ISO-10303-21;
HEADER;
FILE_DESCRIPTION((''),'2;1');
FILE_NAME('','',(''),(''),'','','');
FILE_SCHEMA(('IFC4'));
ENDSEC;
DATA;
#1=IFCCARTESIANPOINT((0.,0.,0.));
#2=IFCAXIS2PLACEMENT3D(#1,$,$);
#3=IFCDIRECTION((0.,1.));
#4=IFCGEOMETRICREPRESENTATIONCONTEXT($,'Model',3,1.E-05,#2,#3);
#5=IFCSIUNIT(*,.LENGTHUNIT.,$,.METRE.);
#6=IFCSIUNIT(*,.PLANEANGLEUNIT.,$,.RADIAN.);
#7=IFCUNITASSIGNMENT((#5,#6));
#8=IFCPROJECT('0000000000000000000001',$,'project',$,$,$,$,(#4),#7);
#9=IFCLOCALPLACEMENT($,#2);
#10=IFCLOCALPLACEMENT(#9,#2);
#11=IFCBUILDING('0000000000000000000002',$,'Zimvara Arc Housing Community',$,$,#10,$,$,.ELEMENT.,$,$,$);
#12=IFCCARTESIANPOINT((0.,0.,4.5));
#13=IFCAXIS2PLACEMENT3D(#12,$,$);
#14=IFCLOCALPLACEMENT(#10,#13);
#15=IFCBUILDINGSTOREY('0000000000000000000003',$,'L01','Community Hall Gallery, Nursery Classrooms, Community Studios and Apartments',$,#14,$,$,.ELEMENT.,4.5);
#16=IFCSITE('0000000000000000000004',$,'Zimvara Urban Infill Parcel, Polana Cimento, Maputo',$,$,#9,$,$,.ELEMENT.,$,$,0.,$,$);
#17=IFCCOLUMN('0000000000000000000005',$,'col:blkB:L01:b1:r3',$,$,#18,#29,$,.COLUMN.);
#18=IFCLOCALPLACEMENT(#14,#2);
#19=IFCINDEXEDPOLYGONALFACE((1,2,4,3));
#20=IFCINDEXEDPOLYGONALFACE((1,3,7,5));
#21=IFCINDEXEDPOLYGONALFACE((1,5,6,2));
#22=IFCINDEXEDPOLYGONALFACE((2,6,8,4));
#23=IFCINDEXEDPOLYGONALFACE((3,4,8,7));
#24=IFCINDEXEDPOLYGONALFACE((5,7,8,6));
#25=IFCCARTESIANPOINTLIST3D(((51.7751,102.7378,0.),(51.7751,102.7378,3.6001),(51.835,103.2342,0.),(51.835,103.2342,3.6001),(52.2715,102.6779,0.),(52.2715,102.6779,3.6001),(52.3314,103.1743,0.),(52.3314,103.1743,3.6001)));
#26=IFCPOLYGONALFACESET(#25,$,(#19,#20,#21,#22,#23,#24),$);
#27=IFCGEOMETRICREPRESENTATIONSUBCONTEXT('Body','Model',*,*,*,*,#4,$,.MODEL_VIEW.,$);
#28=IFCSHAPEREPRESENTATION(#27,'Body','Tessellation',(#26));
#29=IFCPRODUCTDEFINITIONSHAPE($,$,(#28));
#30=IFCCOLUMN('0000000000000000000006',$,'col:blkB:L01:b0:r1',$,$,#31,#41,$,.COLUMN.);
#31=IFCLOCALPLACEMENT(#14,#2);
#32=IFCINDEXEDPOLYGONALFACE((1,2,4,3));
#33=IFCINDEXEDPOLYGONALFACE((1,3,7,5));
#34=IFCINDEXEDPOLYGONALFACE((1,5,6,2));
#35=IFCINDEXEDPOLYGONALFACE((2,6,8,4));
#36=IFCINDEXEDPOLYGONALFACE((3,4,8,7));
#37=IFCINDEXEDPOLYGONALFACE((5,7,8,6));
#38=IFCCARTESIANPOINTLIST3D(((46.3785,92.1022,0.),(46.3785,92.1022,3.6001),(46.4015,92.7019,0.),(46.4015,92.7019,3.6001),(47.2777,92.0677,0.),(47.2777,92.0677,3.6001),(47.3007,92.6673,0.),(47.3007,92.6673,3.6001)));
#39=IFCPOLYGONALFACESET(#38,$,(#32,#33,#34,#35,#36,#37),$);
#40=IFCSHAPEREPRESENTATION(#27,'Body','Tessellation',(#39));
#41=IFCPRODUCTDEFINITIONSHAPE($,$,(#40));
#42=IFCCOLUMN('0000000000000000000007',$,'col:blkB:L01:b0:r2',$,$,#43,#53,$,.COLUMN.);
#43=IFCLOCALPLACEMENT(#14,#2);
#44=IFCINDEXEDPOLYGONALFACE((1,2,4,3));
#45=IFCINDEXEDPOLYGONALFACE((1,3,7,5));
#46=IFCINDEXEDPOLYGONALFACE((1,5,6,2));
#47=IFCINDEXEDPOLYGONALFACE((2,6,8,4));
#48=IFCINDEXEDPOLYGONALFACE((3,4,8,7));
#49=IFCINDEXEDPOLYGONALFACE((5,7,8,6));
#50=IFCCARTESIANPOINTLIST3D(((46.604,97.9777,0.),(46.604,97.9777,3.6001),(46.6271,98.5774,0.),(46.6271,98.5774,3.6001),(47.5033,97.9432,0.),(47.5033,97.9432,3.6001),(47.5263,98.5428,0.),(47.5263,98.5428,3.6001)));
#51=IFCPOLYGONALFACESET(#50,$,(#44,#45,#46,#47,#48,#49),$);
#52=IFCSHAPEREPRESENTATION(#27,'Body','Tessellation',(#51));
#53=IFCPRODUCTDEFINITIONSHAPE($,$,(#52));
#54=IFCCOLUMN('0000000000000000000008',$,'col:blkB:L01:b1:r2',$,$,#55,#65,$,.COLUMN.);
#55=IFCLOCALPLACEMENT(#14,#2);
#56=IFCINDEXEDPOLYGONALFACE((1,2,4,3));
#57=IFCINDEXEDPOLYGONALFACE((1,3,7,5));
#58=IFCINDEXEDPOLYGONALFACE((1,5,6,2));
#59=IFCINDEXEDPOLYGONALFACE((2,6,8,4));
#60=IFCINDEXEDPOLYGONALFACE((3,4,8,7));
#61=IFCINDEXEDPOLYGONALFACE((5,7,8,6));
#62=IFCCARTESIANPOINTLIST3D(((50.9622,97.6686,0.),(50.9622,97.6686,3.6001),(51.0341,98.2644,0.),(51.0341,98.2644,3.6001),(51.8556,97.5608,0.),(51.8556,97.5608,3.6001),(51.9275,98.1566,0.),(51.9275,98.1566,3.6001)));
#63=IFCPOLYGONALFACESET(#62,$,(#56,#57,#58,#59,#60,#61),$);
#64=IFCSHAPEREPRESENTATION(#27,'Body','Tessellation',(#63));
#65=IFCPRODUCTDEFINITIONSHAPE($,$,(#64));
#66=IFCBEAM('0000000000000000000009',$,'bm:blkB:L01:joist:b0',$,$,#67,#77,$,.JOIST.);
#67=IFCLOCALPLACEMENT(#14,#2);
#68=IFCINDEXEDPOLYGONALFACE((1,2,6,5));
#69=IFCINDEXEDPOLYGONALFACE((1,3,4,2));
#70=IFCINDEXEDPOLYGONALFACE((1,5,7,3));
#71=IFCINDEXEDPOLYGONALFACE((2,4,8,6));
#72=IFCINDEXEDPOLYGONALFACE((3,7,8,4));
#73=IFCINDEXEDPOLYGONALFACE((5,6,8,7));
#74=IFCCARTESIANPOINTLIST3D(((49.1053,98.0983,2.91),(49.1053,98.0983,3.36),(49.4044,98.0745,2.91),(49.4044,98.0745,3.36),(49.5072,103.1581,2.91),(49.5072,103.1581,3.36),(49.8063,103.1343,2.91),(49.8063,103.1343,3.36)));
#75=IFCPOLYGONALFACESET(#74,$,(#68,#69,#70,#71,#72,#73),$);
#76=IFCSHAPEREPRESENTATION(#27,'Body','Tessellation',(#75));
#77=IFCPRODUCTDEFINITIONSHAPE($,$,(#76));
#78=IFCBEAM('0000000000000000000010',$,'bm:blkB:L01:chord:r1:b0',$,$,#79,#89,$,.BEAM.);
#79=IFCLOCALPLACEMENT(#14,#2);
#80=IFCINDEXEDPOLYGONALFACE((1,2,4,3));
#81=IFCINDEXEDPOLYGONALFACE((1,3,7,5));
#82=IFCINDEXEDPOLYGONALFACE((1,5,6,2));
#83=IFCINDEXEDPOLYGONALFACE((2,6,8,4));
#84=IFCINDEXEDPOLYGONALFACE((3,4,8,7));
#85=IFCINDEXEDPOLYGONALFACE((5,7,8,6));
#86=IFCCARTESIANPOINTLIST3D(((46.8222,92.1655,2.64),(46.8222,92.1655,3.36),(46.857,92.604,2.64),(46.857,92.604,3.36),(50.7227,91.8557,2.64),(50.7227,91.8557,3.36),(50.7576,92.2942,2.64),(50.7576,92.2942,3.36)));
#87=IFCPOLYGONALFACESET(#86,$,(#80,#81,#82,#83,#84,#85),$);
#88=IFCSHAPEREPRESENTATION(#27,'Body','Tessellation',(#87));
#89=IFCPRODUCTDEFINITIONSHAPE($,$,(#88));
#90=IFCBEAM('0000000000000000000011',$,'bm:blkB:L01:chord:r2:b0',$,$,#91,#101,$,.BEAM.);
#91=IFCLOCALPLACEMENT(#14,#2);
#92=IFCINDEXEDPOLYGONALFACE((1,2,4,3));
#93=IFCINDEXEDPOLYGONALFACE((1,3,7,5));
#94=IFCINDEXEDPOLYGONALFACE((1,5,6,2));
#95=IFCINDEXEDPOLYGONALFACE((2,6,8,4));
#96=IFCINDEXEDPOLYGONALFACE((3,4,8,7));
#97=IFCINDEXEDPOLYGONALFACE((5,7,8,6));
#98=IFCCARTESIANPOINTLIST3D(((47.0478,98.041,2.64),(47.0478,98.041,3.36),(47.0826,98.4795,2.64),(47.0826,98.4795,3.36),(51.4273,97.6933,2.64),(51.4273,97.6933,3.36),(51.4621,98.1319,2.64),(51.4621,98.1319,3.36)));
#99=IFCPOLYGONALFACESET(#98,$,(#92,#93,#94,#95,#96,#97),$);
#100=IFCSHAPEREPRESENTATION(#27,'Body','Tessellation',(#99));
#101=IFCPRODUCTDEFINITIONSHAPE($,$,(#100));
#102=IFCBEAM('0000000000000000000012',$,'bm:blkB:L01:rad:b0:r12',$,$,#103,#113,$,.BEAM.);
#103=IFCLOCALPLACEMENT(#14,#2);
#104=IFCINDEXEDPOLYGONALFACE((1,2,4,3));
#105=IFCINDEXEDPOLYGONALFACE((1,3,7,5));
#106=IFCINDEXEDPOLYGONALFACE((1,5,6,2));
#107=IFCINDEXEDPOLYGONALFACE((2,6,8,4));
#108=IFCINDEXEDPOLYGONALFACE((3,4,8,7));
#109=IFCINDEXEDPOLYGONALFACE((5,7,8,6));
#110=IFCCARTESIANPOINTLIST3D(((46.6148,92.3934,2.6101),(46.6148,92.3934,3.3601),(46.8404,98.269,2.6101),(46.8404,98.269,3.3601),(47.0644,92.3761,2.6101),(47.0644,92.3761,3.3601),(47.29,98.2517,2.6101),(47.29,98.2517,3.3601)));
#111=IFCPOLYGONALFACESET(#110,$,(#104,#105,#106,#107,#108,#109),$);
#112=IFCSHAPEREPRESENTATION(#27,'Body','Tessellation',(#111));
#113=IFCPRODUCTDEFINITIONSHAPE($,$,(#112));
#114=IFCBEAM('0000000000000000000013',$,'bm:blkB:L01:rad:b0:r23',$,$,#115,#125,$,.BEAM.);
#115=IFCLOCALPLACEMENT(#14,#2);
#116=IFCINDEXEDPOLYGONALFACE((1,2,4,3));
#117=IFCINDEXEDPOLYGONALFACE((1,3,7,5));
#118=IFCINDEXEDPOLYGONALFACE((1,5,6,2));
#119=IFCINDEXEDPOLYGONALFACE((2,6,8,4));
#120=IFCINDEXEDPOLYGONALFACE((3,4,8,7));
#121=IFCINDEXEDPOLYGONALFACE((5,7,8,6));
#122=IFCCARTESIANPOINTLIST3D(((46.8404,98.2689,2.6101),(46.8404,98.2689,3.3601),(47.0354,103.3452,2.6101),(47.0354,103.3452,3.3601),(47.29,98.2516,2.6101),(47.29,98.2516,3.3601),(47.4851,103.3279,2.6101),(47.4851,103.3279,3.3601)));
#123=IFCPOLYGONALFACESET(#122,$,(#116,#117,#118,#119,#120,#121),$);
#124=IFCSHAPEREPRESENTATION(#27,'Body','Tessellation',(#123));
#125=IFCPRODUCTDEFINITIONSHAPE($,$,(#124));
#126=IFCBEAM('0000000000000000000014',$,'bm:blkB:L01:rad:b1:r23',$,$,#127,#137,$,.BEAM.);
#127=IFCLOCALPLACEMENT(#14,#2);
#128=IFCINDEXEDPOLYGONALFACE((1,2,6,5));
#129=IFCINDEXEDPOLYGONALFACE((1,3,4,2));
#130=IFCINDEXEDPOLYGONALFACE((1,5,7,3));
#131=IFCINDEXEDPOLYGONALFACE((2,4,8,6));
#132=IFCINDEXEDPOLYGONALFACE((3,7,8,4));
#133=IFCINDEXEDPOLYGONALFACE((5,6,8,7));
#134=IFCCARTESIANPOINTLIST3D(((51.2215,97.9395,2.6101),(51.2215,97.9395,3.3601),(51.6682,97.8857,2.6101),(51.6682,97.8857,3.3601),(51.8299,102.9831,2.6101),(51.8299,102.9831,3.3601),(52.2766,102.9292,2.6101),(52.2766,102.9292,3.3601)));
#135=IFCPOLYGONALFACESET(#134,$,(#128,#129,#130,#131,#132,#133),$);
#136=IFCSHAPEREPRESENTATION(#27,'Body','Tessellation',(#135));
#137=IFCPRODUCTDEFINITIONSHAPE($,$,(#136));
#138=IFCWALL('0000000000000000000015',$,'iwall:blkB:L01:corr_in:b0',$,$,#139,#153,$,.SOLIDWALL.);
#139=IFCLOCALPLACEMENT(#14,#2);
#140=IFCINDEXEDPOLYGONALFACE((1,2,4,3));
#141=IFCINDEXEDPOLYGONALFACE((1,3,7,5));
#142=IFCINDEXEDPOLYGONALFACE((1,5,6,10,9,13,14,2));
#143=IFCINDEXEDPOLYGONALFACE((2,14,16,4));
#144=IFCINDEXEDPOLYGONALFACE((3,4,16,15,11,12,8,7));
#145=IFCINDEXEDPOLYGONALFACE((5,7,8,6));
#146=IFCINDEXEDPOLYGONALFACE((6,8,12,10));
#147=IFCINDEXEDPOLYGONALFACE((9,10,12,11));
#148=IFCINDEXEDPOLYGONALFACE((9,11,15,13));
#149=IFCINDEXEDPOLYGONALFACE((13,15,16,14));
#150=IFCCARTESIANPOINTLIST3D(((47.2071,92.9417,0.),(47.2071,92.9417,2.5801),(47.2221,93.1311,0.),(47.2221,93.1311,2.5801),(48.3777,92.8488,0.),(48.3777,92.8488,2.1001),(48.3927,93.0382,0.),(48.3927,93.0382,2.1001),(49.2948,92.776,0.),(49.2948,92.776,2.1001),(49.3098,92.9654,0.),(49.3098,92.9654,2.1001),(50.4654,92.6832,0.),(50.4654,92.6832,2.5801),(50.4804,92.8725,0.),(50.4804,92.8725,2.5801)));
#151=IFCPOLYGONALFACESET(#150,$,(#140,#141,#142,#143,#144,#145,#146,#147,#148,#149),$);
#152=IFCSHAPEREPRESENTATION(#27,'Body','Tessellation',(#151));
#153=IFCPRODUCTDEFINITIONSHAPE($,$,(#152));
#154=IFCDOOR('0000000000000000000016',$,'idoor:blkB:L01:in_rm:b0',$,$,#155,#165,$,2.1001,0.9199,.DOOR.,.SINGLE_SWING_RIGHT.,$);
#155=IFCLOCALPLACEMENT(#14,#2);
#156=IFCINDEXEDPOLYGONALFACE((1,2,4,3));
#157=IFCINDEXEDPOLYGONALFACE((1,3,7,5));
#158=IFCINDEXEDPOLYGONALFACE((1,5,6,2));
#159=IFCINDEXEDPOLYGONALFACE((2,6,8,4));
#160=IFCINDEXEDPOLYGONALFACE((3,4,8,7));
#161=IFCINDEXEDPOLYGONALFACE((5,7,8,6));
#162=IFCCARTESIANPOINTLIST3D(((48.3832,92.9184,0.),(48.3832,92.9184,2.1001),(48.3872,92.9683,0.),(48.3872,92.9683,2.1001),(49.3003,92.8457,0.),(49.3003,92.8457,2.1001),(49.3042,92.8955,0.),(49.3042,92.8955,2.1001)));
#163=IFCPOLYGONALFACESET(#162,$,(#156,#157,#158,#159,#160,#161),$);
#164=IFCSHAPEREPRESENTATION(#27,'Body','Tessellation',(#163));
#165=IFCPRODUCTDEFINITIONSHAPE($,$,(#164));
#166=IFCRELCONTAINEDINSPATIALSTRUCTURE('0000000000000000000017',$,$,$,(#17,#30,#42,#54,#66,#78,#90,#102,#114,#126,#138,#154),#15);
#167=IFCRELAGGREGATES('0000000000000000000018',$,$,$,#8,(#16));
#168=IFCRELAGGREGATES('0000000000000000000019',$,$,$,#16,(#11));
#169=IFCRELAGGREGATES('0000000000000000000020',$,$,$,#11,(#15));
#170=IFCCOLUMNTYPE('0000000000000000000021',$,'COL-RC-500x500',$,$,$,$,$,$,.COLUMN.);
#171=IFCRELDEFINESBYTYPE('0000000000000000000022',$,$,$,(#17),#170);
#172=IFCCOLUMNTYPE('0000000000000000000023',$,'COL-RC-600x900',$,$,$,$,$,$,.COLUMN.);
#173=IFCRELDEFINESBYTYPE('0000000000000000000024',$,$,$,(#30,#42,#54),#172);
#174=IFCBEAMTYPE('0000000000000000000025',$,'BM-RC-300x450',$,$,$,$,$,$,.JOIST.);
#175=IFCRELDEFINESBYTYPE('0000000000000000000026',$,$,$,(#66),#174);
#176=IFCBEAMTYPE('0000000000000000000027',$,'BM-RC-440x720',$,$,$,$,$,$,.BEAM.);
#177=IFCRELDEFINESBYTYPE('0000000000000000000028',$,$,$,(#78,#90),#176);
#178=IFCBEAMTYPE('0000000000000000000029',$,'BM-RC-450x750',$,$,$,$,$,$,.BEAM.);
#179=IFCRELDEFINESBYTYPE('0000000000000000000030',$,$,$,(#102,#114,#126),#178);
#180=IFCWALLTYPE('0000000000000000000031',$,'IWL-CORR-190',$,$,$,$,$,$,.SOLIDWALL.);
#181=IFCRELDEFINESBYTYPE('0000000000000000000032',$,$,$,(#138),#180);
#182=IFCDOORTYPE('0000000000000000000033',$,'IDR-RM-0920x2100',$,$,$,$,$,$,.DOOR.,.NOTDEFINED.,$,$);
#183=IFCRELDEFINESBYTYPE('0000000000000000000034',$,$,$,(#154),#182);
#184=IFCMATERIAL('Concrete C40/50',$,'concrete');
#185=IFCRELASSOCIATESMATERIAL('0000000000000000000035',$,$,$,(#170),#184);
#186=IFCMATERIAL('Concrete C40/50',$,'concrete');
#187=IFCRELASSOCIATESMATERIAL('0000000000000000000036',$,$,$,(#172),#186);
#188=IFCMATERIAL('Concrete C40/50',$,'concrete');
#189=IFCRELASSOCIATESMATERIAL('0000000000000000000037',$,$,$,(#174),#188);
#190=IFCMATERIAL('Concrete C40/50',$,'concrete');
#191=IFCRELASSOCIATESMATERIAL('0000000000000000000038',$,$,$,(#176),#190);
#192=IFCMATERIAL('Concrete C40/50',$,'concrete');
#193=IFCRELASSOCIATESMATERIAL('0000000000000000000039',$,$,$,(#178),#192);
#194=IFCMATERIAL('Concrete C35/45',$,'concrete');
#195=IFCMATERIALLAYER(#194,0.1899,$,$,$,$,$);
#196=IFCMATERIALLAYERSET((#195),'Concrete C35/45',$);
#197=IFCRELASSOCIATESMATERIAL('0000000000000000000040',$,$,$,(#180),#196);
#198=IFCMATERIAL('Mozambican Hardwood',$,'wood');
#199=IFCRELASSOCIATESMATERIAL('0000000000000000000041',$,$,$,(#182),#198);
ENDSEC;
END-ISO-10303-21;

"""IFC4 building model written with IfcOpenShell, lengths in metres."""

from ifc_helpers import new_model, si_unit, direction, frame, frame_2d, origin, origin_2d, place, context, subcontext, project, spatial, rectangle, extrude, material, layer, layer_set, material_profile, profile_set, type_object, element, fill, save


model = new_model("IFC4")

# Units and contexts
model_context = context("Model", 3, precision=1e-05, world=origin(), true_north=direction((0.0, 1.0)))
body_context = subcontext(model_context, "Body", "Model", "MODEL_VIEW")
ifc_project = project(units=[si_unit("LENGTHUNIT", "METRE"), si_unit("PLANEANGLEUNIT", "RADIAN")], contexts=[model_context])

# Site, building, storey
site_placement = place(None, origin())
site = spatial("IfcSite", under=ifc_project, at=site_placement, Name="Zimvara Urban Infill Parcel, Polana Cimento, Maputo", CompositionType="ELEMENT", RefElevation=0.0)
building_placement = place(site_placement, origin())
building = spatial("IfcBuilding", under=site, at=building_placement, Name="Zimvara Arc Housing Community", CompositionType="ELEMENT")
storey_placement = place(building_placement, frame((0.0, 0.0, 4.5)))
storey = spatial("IfcBuildingStorey", under=building, at=storey_placement, Name="L01", Description="Community Hall Gallery, Nursery Classrooms, Community Studios and Apartments", CompositionType="ELEMENT", Elevation=4.5)

# Columns
ifc_material_1 = material(Name="Concrete C40/50", Category="concrete")
ifc_material_profile_1 = material_profile(ifc_material_1, rectangle(XDim=0.5, YDim=0.5, at=origin_2d()), Name="RC 500x500")
ifc_profile_set_1 = profile_set([ifc_material_profile_1], Name="Concrete C40/50")
column_type_1 = type_object("IfcColumnType", Name="COL-RC-500x500", PredefinedType="COLUMN", material=ifc_profile_set_1)
column_placement = place(storey_placement, frame((52.0532, 102.9561, 0.0), z_axis=(0.0, 0.0, 1.0), x_axis=(0.11979, 0.992799, 0.0)))
element("IfcColumn", 1, at=column_placement, inside=storey, type_object=column_type_1, Name="col:blkB:L01:b1:r3", PredefinedType="COLUMN", context=body_context, shape_type="SweptSolid", body=[
    extrude(rectangle(XDim=0.5, YDim=0.5, at=origin_2d()), origin(), (0.0, 0.0, 1.0), 3.6001),
])
ifc_material_2 = material(Name="Concrete C40/50", Category="concrete")
ifc_material_profile_2 = material_profile(ifc_material_2, rectangle(XDim=0.6001, YDim=0.8999, at=origin_2d()), Name="RC 600x900")
ifc_profile_set_2 = profile_set([ifc_material_profile_2], Name="Concrete C40/50")
column_type_2 = type_object("IfcColumnType", Name="COL-RC-600x900", PredefinedType="COLUMN", material=ifc_profile_set_2)
for number, where, z_axis, x_axis, name in (
    (2, (46.8396, 92.3848, 0.0), (0.0, 0.0, 1.0), (0.038388, 0.999263, 0.0), "col:blkB:L01:b0:r1"),
    (3, (47.0652, 98.2603, 0.0), (0.0, 0.0, 1.0), (0.038388, 0.999263, 0.0), "col:blkB:L01:b0:r2"),
    (4, (51.4448, 97.9126, 0.0), (0.0, 0.0, 1.0), (0.11979, 0.992799, 0.0), "col:blkB:L01:b1:r2"),
):
    element("IfcColumn", number, at=place(storey_placement, frame(where, z_axis=z_axis, x_axis=x_axis)), inside=storey, type_object=column_type_2, Name=name, PredefinedType="COLUMN", context=body_context, shape_type="SweptSolid", body=[
        extrude(rectangle(XDim=0.6001, YDim=0.8999, at=origin_2d()), origin(), (0.0, 0.0, 1.0), 3.6001),
    ])

# Beams
ifc_material_3 = material(Name="Concrete C40/50", Category="concrete")
ifc_material_profile_3 = material_profile(ifc_material_3, rectangle(XDim=0.3, YDim=0.45, at=origin_2d()), Name="RC 300x450")
ifc_profile_set_3 = profile_set([ifc_material_profile_3], Name="Concrete C40/50")
beam_type_1 = type_object("IfcBeamType", Name="BM-RC-300x450", PredefinedType="JOIST", material=ifc_profile_set_3)
beam_1_placement = place(storey_placement, frame((49.2549, 98.0864, 3.135), z_axis=(0.079172, 0.996861, 0.0), x_axis=(-0.996861, 0.079172, 0.0)))
element("IfcBeam", 5, at=beam_1_placement, inside=storey, type_object=beam_type_1, Name="bm:blkB:L01:joist:b0", PredefinedType="JOIST", context=body_context, shape_type="SweptSolid", body=[
    extrude(rectangle(XDim=0.3, YDim=0.45, at=origin_2d()), origin(), (0.0, 0.0, 1.0), 5.0757),
])
ifc_material_4 = material(Name="Concrete C40/50", Category="concrete")
ifc_material_profile_4 = material_profile(ifc_material_4, rectangle(XDim=0.4399, YDim=0.72, at=origin_2d()), Name="RC 440x720")
ifc_profile_set_4 = profile_set([ifc_material_profile_4], Name="Concrete C40/50")
beam_type_2 = type_object("IfcBeamType", Name="BM-RC-440x720", PredefinedType="BEAM", material=ifc_profile_set_4)
beam_2_placement = place(storey_placement, frame((46.8396, 92.3848, 3.0), z_axis=(0.996861, -0.079177, 0.0), x_axis=(0.079177, 0.996861, 0.0)))
element("IfcBeam", 6, at=beam_2_placement, inside=storey, type_object=beam_type_2, Name="bm:blkB:L01:chord:r1:b0", PredefinedType="BEAM", context=body_context, shape_type="SweptSolid", body=[
    extrude(rectangle(XDim=0.4399, YDim=0.72, at=origin_2d()), origin(), (0.0, 0.0, 1.0), 3.9128),
])
beam_3_placement = place(storey_placement, frame((47.0652, 98.2603, 3.0), z_axis=(0.996864, -0.079131, 0.0), x_axis=(0.079131, 0.996864, 0.0)))
element("IfcBeam", 7, at=beam_3_placement, inside=storey, type_object=beam_type_2, Name="bm:blkB:L01:chord:r2:b0", PredefinedType="BEAM", context=body_context, shape_type="SweptSolid", body=[
    extrude(rectangle(XDim=0.4399, YDim=0.72, at=origin_2d()), origin(), (0.0, 0.0, 1.0), 4.3933),
])
ifc_material_5 = material(Name="Concrete C40/50", Category="concrete")
ifc_material_profile_5 = material_profile(ifc_material_5, rectangle(XDim=0.45, YDim=0.75, at=origin_2d()), Name="RC 450x750")
ifc_profile_set_5 = profile_set([ifc_material_profile_5], Name="Concrete C40/50")
beam_type_3 = type_object("IfcBeamType", Name="BM-RC-450x750", PredefinedType="BEAM", material=ifc_profile_set_5)
beam_4_placement = place(storey_placement, frame((46.8396, 92.3848, 2.9851), z_axis=(0.038366, 0.999264, 0.0), x_axis=(-0.999264, 0.038366, 0.0)))
element("IfcBeam", 8, at=beam_4_placement, inside=storey, type_object=beam_type_3, Name="bm:blkB:L01:rad:b0:r12", PredefinedType="BEAM", context=body_context, shape_type="SweptSolid", body=[
    extrude(rectangle(XDim=0.45, YDim=0.75, at=origin_2d()), origin(), (0.0, 0.0, 1.0), 5.8799),
])
for number, where, z_axis, x_axis, name in (
    (9, (47.0652, 98.2603, 2.9851), (0.038398, 0.999263, 0.0), (-0.999263, 0.038398, 0.0), "bm:blkB:L01:rad:b0:r23"),
    (10, (51.4448, 97.9126, 2.9851), (0.119763, 0.992803, 0.0), (-0.992803, 0.119763, 0.0), "bm:blkB:L01:rad:b1:r23"),
):
    element("IfcBeam", number, at=place(storey_placement, frame(where, z_axis=z_axis, x_axis=x_axis)), inside=storey, type_object=beam_type_3, Name=name, PredefinedType="BEAM", context=body_context, shape_type="SweptSolid", body=[
        extrude(rectangle(XDim=0.45, YDim=0.75, at=origin_2d()), origin(), (0.0, 0.0, 1.0), 5.0801),
    ])

# Wall, opening, door
ifc_material_6 = material(Name="Concrete C35/45", Category="concrete")
ifc_layer_1 = layer(ifc_material_6, 0.1899)
ifc_layer_set_1 = layer_set([ifc_layer_1], Name="Concrete C35/45")
wall_type_1 = type_object("IfcWallType", Name="IWL-CORR-190", PredefinedType="SOLIDWALL", material=ifc_layer_set_1)
wall_1_placement = place(storey_placement, frame((47.2146, 93.0364, 0.0), z_axis=(0.0, 0.0, 1.0), x_axis=(0.996867, -0.079101, 0.0)))
wall_1 = element("IfcWall", 11, at=wall_1_placement, inside=storey, type_object=wall_type_1, Name="iwall:blkB:L01:corr_in:b0", PredefinedType="SOLIDWALL", context=body_context, shape_type="SweptSolid", body=[
    extrude(rectangle(XDim=3.2686, YDim=0.1899, at=frame_2d((1.6343, 0.0))), origin(), (0.0, 0.0, 1.0), 2.5801),
])
opening_1_placement = place(wall_1_placement, frame((1.1743, 0.0, 0.0)))
opening_1 = element("IfcOpeningElement", 12, at=opening_1_placement, cuts=wall_1, PredefinedType="OPENING", context=body_context, shape_type="SweptSolid", body=[
    extrude(rectangle(XDim=0.9199, YDim=2.1001, at=frame_2d((0.46, 1.05))), frame((0.0, 0.105, 0.0), z_axis=(0.0, -1.0, 0.0), x_axis=(1.0, 0.0, 0.0)), (0.0, 0.0, 1.0), 0.21),
])
ifc_material_7 = material(Name="Mozambican Hardwood", Category="wood")
door_type_1 = type_object("IfcDoorType", Name="IDR-RM-0920x2100", OperationType="NOTDEFINED", PredefinedType="DOOR", material=ifc_material_7)
door_1_placement = place(opening_1_placement, origin())
door_1 = element("IfcDoor", 13, at=door_1_placement, inside=storey, type_object=door_type_1, Name="idoor:blkB:L01:in_rm:b0", OperationType="SINGLE_SWING_RIGHT", OverallHeight=2.1001, OverallWidth=0.9199, PredefinedType="DOOR", context=body_context, shape_type="SweptSolid", body=[
    extrude(rectangle(XDim=0.9199, YDim=2.1001, at=frame_2d((0.46, 1.05))), frame((0.0, 0.0249, 0.0), z_axis=(0.0, -1.0, 0.0), x_axis=(1.0, 0.0, 0.0)), (0.0, 0.0, 1.0), 0.05),
])
fill(opening_1, door_1)

save(model, "model.ifc")
